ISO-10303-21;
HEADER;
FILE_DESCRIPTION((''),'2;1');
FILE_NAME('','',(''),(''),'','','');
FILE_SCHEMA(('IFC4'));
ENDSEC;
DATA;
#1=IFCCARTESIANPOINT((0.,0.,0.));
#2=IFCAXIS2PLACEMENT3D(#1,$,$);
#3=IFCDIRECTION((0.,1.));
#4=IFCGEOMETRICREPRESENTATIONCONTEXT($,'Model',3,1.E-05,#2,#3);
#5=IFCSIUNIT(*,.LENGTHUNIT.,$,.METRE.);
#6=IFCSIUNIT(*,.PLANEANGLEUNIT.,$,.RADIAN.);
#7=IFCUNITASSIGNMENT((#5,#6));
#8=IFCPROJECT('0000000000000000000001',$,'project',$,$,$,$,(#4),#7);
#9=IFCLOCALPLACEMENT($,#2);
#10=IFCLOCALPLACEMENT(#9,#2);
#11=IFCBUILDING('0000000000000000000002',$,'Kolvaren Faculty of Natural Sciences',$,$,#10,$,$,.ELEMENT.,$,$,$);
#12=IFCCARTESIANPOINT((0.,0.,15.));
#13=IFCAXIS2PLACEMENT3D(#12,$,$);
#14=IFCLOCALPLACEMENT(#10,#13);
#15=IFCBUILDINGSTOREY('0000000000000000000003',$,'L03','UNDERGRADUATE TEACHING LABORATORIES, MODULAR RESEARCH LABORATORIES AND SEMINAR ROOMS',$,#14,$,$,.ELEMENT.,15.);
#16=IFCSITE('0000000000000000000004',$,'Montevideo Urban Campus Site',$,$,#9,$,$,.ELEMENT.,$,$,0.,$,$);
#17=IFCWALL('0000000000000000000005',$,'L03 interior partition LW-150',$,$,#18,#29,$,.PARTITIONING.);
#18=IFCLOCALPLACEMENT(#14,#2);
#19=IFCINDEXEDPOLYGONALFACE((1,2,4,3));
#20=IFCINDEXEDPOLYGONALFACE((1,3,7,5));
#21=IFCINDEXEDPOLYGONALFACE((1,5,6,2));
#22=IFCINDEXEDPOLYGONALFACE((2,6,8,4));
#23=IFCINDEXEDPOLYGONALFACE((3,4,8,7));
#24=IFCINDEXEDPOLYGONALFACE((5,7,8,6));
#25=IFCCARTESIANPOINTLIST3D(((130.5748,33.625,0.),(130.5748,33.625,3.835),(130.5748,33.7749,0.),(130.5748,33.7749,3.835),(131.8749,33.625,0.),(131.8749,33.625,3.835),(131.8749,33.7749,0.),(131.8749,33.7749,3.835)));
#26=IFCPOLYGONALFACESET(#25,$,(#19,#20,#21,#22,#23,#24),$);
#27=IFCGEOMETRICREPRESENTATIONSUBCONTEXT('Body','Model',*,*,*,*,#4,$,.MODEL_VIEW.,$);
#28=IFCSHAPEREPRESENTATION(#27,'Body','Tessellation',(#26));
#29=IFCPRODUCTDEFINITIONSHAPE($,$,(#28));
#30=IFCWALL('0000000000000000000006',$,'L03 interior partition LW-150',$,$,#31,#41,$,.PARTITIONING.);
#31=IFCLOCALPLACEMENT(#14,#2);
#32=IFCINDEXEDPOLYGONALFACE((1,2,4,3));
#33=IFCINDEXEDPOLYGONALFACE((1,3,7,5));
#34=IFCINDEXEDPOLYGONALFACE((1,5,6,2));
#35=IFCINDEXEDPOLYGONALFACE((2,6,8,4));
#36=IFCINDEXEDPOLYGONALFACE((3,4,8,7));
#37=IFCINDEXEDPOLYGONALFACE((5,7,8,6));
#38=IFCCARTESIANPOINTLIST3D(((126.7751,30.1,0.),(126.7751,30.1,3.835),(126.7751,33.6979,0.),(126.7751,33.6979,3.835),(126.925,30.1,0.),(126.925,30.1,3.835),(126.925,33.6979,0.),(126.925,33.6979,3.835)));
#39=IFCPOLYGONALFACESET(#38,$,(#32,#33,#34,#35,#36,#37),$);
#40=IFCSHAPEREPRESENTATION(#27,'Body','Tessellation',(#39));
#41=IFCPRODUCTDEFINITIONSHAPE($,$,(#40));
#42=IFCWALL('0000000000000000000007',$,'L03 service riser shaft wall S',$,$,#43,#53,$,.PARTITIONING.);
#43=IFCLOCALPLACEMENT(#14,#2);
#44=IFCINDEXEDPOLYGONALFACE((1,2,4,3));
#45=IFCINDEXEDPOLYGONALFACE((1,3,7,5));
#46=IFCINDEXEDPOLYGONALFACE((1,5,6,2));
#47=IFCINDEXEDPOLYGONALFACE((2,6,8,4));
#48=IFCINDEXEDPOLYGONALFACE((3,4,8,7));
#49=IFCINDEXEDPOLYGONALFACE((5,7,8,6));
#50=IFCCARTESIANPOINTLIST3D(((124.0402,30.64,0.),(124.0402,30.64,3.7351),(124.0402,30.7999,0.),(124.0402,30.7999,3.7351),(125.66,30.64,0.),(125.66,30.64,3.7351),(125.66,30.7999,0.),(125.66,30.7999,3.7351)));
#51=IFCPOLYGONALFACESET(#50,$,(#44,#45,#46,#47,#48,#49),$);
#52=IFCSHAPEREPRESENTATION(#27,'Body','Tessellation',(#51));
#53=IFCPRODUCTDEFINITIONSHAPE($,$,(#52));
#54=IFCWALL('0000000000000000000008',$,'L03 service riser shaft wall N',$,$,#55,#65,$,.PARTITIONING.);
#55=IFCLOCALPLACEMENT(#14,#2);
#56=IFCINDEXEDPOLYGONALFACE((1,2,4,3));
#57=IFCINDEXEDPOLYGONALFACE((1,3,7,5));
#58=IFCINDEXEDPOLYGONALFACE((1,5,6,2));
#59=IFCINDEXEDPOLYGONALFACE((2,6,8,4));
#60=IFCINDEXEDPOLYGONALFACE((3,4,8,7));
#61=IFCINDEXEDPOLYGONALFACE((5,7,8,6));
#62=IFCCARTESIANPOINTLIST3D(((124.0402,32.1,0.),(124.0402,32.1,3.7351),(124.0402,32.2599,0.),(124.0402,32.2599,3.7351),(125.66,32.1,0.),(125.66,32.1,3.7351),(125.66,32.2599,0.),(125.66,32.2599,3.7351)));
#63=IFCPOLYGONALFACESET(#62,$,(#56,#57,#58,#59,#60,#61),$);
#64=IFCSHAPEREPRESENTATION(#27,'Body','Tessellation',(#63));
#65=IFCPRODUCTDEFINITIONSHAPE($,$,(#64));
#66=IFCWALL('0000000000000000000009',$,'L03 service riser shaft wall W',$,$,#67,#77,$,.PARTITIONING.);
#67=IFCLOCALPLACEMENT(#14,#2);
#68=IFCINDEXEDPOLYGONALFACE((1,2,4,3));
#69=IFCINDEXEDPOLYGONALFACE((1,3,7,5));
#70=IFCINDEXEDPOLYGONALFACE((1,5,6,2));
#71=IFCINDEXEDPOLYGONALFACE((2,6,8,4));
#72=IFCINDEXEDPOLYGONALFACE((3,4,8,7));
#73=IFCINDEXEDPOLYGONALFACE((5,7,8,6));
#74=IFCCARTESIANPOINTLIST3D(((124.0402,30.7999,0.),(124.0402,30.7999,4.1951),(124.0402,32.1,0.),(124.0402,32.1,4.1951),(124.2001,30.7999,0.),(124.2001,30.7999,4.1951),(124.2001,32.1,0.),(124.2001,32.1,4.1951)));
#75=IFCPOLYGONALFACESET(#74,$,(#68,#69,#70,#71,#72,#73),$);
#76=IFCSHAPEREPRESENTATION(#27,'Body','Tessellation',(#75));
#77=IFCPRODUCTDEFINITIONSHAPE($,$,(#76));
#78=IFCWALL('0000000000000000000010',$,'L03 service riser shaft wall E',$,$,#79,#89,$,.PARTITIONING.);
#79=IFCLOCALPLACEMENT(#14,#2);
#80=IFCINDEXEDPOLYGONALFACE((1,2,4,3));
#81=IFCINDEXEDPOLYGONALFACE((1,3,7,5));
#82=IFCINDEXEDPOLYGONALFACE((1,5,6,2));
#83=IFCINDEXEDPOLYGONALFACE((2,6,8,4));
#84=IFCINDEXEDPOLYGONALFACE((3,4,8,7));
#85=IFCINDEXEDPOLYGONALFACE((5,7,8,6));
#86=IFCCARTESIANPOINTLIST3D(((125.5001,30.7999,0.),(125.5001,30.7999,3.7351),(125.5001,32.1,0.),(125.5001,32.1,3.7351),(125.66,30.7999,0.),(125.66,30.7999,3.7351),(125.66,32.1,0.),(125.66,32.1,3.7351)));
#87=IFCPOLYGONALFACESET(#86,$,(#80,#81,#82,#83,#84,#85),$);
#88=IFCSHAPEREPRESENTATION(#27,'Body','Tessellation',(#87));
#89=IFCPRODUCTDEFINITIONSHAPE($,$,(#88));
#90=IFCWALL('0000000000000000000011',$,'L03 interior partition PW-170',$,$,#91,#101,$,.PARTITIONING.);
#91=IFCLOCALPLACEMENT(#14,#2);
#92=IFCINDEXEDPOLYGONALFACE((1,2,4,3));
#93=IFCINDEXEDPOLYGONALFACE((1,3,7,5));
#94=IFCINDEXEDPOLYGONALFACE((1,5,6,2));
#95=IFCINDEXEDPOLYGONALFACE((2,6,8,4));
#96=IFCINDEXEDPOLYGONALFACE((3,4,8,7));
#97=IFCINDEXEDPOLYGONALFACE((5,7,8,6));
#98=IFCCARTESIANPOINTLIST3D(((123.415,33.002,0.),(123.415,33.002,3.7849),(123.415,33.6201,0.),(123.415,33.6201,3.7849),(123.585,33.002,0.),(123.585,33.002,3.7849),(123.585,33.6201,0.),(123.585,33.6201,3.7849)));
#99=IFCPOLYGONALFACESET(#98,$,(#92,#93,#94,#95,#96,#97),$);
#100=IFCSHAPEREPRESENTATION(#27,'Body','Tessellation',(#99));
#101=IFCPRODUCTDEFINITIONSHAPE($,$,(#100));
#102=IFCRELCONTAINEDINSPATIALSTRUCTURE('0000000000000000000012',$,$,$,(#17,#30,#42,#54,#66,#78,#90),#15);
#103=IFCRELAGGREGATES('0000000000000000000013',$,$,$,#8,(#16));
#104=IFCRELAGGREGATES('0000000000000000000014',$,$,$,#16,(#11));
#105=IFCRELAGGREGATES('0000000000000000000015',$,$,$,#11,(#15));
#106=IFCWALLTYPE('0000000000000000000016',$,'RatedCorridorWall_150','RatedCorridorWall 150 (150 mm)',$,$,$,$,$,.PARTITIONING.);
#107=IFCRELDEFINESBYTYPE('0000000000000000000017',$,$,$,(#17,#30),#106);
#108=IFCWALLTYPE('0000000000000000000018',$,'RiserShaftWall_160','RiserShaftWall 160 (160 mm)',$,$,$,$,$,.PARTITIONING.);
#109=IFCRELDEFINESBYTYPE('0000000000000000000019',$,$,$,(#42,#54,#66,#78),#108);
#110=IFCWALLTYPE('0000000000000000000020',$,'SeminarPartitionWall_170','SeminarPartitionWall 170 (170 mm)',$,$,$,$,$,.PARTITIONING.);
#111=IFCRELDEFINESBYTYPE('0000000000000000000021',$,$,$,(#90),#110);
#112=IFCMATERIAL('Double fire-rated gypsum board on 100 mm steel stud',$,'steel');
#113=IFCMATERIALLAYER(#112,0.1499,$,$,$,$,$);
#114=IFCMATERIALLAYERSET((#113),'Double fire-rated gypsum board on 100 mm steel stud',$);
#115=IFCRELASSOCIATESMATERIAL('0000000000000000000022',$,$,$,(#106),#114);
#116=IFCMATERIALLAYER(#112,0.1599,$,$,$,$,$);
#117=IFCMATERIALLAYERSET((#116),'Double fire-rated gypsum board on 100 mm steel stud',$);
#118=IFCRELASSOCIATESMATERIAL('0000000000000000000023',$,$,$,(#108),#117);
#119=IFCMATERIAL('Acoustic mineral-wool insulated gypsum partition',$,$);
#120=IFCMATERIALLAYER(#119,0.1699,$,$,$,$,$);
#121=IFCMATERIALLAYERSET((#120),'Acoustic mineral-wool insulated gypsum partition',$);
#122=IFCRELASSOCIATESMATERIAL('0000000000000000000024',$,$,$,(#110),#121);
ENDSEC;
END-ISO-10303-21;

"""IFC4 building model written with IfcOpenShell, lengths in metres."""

from ifc_helpers import new_model, si_unit, direction, frame, frame_2d, origin, place, context, subcontext, project, spatial, rectangle, extrude, material, layer, layer_set, type_object, element, save


model = new_model("IFC4")

# Units and contexts
model_context = context("Model", 3, precision=1e-05, world=origin(), true_north=direction((0.0, 1.0)))
body_context = subcontext(model_context, "Body", "Model", "MODEL_VIEW")
ifc_project = project(units=[si_unit("LENGTHUNIT", "METRE"), si_unit("PLANEANGLEUNIT", "RADIAN")], contexts=[model_context])

# Site, building, storey
site_placement = place(None, origin())
site = spatial("IfcSite", under=ifc_project, at=site_placement, Name="Montevideo Urban Campus Site", CompositionType="ELEMENT", RefElevation=0.0)
building_placement = place(site_placement, origin())
building = spatial("IfcBuilding", under=site, at=building_placement, Name="Kolvaren Faculty of Natural Sciences", CompositionType="ELEMENT")
storey_placement = place(building_placement, frame((0.0, 0.0, 15.0)))
storey = spatial("IfcBuildingStorey", under=building, at=storey_placement, Name="L03", Description="UNDERGRADUATE TEACHING LABORATORIES, MODULAR RESEARCH LABORATORIES AND SEMINAR ROOMS", CompositionType="ELEMENT", Elevation=15.0)

# Walls
ifc_material_1 = material(Name="Double fire-rated gypsum board on 100 mm steel stud", Category="steel")
ifc_layer_1 = layer(ifc_material_1, 0.1499)
ifc_layer_set_1 = layer_set([ifc_layer_1], Name="Double fire-rated gypsum board on 100 mm steel stud")
wall_type_1 = type_object("IfcWallType", Name="RatedCorridorWall_150", Description="RatedCorridorWall 150 (150 mm)", PredefinedType="PARTITIONING", material=ifc_layer_set_1)
wall_1_placement = place(storey_placement, frame((130.575, 33.7, 0.0), z_axis=(0.0, 0.0, 1.0), x_axis=(1.0, 0.0, 0.0)))
element("IfcWall", 1, at=wall_1_placement, inside=storey, type_object=wall_type_1, Name="L03 interior partition LW-150", PredefinedType="PARTITIONING", context=body_context, shape_type="SweptSolid", body=[
    extrude(rectangle(XDim=1.3, YDim=0.1499, at=frame_2d((0.6499, 0.0))), origin(), (0.0, 0.0, 1.0), 3.835),
])
wall_2_placement = place(storey_placement, frame((126.8501, 30.1001, 0.0), z_axis=(0.0, 0.0, 1.0), x_axis=(0.0, 1.0, 0.0)))
element("IfcWall", 2, at=wall_2_placement, inside=storey, type_object=wall_type_1, Name="L03 interior partition LW-150", PredefinedType="PARTITIONING", context=body_context, shape_type="SweptSolid", body=[
    extrude(rectangle(XDim=3.5979, YDim=0.1499, at=frame_2d((1.7988, 0.0))), origin(), (0.0, 0.0, 1.0), 3.835),
])
ifc_layer_2 = layer(ifc_material_1, 0.1599)
ifc_layer_set_2 = layer_set([ifc_layer_2], Name="Double fire-rated gypsum board on 100 mm steel stud")
wall_type_2 = type_object("IfcWallType", Name="RiserShaftWall_160", Description="RiserShaftWall 160 (160 mm)", PredefinedType="PARTITIONING", material=ifc_layer_set_2)
for number, where, z_axis, x_axis, name in (
    (3, (124.04, 30.72, 0.0), (0.0, 0.0, 1.0), (1.0, 0.0, 0.0), "L03 service riser shaft wall S"),
    (4, (124.04, 32.1799, 0.0), (0.0, 0.0, 1.0), (1.0, 0.0, 0.0), "L03 service riser shaft wall N"),
):
    element("IfcWall", number, at=place(storey_placement, frame(where, z_axis=z_axis, x_axis=x_axis)), inside=storey, type_object=wall_type_2, Name=name, PredefinedType="PARTITIONING", context=body_context, shape_type="SweptSolid", body=[
        extrude(rectangle(XDim=1.6199, YDim=0.1599, at=frame_2d((0.8101, 0.0))), origin(), (0.0, 0.0, 1.0), 3.7351),
    ])
wall_3_placement = place(storey_placement, frame((124.1201, 30.8, 0.0), z_axis=(0.0, 0.0, 1.0), x_axis=(0.0, 1.0, 0.0)))
element("IfcWall", 5, at=wall_3_placement, inside=storey, type_object=wall_type_2, Name="L03 service riser shaft wall W", PredefinedType="PARTITIONING", context=body_context, shape_type="SweptSolid", body=[
    extrude(rectangle(XDim=1.3, YDim=0.1599, at=frame_2d((0.6499, 0.0))), origin(), (0.0, 0.0, 1.0), 4.1951),
])
wall_4_placement = place(storey_placement, frame((125.5801, 30.8, 0.0), z_axis=(0.0, 0.0, 1.0), x_axis=(0.0, 1.0, 0.0)))
element("IfcWall", 6, at=wall_4_placement, inside=storey, type_object=wall_type_2, Name="L03 service riser shaft wall E", PredefinedType="PARTITIONING", context=body_context, shape_type="SweptSolid", body=[
    extrude(rectangle(XDim=1.3, YDim=0.1599, at=frame_2d((0.6499, 0.0))), origin(), (0.0, 0.0, 1.0), 3.7351),
])
ifc_material_2 = material(Name="Acoustic mineral-wool insulated gypsum partition")
ifc_layer_3 = layer(ifc_material_2, 0.1699)
ifc_layer_set_3 = layer_set([ifc_layer_3], Name="Acoustic mineral-wool insulated gypsum partition")
wall_type_3 = type_object("IfcWallType", Name="SeminarPartitionWall_170", Description="SeminarPartitionWall 170 (170 mm)", PredefinedType="PARTITIONING", material=ifc_layer_set_3)
wall_5_placement = place(storey_placement, frame((123.5, 33.6201, 0.0), z_axis=(0.0, 0.0, 1.0), x_axis=(0.0, -1.0, 0.0)))
element("IfcWall", 7, at=wall_5_placement, inside=storey, type_object=wall_type_3, Name="L03 interior partition PW-170", PredefinedType="PARTITIONING", context=body_context, shape_type="SweptSolid", body=[
    extrude(rectangle(XDim=0.6182, YDim=0.1699, at=frame_2d((0.3091, 0.0))), origin(), (0.0, 0.0, 1.0), 3.7849),
])

save(model, "model.ifc")
